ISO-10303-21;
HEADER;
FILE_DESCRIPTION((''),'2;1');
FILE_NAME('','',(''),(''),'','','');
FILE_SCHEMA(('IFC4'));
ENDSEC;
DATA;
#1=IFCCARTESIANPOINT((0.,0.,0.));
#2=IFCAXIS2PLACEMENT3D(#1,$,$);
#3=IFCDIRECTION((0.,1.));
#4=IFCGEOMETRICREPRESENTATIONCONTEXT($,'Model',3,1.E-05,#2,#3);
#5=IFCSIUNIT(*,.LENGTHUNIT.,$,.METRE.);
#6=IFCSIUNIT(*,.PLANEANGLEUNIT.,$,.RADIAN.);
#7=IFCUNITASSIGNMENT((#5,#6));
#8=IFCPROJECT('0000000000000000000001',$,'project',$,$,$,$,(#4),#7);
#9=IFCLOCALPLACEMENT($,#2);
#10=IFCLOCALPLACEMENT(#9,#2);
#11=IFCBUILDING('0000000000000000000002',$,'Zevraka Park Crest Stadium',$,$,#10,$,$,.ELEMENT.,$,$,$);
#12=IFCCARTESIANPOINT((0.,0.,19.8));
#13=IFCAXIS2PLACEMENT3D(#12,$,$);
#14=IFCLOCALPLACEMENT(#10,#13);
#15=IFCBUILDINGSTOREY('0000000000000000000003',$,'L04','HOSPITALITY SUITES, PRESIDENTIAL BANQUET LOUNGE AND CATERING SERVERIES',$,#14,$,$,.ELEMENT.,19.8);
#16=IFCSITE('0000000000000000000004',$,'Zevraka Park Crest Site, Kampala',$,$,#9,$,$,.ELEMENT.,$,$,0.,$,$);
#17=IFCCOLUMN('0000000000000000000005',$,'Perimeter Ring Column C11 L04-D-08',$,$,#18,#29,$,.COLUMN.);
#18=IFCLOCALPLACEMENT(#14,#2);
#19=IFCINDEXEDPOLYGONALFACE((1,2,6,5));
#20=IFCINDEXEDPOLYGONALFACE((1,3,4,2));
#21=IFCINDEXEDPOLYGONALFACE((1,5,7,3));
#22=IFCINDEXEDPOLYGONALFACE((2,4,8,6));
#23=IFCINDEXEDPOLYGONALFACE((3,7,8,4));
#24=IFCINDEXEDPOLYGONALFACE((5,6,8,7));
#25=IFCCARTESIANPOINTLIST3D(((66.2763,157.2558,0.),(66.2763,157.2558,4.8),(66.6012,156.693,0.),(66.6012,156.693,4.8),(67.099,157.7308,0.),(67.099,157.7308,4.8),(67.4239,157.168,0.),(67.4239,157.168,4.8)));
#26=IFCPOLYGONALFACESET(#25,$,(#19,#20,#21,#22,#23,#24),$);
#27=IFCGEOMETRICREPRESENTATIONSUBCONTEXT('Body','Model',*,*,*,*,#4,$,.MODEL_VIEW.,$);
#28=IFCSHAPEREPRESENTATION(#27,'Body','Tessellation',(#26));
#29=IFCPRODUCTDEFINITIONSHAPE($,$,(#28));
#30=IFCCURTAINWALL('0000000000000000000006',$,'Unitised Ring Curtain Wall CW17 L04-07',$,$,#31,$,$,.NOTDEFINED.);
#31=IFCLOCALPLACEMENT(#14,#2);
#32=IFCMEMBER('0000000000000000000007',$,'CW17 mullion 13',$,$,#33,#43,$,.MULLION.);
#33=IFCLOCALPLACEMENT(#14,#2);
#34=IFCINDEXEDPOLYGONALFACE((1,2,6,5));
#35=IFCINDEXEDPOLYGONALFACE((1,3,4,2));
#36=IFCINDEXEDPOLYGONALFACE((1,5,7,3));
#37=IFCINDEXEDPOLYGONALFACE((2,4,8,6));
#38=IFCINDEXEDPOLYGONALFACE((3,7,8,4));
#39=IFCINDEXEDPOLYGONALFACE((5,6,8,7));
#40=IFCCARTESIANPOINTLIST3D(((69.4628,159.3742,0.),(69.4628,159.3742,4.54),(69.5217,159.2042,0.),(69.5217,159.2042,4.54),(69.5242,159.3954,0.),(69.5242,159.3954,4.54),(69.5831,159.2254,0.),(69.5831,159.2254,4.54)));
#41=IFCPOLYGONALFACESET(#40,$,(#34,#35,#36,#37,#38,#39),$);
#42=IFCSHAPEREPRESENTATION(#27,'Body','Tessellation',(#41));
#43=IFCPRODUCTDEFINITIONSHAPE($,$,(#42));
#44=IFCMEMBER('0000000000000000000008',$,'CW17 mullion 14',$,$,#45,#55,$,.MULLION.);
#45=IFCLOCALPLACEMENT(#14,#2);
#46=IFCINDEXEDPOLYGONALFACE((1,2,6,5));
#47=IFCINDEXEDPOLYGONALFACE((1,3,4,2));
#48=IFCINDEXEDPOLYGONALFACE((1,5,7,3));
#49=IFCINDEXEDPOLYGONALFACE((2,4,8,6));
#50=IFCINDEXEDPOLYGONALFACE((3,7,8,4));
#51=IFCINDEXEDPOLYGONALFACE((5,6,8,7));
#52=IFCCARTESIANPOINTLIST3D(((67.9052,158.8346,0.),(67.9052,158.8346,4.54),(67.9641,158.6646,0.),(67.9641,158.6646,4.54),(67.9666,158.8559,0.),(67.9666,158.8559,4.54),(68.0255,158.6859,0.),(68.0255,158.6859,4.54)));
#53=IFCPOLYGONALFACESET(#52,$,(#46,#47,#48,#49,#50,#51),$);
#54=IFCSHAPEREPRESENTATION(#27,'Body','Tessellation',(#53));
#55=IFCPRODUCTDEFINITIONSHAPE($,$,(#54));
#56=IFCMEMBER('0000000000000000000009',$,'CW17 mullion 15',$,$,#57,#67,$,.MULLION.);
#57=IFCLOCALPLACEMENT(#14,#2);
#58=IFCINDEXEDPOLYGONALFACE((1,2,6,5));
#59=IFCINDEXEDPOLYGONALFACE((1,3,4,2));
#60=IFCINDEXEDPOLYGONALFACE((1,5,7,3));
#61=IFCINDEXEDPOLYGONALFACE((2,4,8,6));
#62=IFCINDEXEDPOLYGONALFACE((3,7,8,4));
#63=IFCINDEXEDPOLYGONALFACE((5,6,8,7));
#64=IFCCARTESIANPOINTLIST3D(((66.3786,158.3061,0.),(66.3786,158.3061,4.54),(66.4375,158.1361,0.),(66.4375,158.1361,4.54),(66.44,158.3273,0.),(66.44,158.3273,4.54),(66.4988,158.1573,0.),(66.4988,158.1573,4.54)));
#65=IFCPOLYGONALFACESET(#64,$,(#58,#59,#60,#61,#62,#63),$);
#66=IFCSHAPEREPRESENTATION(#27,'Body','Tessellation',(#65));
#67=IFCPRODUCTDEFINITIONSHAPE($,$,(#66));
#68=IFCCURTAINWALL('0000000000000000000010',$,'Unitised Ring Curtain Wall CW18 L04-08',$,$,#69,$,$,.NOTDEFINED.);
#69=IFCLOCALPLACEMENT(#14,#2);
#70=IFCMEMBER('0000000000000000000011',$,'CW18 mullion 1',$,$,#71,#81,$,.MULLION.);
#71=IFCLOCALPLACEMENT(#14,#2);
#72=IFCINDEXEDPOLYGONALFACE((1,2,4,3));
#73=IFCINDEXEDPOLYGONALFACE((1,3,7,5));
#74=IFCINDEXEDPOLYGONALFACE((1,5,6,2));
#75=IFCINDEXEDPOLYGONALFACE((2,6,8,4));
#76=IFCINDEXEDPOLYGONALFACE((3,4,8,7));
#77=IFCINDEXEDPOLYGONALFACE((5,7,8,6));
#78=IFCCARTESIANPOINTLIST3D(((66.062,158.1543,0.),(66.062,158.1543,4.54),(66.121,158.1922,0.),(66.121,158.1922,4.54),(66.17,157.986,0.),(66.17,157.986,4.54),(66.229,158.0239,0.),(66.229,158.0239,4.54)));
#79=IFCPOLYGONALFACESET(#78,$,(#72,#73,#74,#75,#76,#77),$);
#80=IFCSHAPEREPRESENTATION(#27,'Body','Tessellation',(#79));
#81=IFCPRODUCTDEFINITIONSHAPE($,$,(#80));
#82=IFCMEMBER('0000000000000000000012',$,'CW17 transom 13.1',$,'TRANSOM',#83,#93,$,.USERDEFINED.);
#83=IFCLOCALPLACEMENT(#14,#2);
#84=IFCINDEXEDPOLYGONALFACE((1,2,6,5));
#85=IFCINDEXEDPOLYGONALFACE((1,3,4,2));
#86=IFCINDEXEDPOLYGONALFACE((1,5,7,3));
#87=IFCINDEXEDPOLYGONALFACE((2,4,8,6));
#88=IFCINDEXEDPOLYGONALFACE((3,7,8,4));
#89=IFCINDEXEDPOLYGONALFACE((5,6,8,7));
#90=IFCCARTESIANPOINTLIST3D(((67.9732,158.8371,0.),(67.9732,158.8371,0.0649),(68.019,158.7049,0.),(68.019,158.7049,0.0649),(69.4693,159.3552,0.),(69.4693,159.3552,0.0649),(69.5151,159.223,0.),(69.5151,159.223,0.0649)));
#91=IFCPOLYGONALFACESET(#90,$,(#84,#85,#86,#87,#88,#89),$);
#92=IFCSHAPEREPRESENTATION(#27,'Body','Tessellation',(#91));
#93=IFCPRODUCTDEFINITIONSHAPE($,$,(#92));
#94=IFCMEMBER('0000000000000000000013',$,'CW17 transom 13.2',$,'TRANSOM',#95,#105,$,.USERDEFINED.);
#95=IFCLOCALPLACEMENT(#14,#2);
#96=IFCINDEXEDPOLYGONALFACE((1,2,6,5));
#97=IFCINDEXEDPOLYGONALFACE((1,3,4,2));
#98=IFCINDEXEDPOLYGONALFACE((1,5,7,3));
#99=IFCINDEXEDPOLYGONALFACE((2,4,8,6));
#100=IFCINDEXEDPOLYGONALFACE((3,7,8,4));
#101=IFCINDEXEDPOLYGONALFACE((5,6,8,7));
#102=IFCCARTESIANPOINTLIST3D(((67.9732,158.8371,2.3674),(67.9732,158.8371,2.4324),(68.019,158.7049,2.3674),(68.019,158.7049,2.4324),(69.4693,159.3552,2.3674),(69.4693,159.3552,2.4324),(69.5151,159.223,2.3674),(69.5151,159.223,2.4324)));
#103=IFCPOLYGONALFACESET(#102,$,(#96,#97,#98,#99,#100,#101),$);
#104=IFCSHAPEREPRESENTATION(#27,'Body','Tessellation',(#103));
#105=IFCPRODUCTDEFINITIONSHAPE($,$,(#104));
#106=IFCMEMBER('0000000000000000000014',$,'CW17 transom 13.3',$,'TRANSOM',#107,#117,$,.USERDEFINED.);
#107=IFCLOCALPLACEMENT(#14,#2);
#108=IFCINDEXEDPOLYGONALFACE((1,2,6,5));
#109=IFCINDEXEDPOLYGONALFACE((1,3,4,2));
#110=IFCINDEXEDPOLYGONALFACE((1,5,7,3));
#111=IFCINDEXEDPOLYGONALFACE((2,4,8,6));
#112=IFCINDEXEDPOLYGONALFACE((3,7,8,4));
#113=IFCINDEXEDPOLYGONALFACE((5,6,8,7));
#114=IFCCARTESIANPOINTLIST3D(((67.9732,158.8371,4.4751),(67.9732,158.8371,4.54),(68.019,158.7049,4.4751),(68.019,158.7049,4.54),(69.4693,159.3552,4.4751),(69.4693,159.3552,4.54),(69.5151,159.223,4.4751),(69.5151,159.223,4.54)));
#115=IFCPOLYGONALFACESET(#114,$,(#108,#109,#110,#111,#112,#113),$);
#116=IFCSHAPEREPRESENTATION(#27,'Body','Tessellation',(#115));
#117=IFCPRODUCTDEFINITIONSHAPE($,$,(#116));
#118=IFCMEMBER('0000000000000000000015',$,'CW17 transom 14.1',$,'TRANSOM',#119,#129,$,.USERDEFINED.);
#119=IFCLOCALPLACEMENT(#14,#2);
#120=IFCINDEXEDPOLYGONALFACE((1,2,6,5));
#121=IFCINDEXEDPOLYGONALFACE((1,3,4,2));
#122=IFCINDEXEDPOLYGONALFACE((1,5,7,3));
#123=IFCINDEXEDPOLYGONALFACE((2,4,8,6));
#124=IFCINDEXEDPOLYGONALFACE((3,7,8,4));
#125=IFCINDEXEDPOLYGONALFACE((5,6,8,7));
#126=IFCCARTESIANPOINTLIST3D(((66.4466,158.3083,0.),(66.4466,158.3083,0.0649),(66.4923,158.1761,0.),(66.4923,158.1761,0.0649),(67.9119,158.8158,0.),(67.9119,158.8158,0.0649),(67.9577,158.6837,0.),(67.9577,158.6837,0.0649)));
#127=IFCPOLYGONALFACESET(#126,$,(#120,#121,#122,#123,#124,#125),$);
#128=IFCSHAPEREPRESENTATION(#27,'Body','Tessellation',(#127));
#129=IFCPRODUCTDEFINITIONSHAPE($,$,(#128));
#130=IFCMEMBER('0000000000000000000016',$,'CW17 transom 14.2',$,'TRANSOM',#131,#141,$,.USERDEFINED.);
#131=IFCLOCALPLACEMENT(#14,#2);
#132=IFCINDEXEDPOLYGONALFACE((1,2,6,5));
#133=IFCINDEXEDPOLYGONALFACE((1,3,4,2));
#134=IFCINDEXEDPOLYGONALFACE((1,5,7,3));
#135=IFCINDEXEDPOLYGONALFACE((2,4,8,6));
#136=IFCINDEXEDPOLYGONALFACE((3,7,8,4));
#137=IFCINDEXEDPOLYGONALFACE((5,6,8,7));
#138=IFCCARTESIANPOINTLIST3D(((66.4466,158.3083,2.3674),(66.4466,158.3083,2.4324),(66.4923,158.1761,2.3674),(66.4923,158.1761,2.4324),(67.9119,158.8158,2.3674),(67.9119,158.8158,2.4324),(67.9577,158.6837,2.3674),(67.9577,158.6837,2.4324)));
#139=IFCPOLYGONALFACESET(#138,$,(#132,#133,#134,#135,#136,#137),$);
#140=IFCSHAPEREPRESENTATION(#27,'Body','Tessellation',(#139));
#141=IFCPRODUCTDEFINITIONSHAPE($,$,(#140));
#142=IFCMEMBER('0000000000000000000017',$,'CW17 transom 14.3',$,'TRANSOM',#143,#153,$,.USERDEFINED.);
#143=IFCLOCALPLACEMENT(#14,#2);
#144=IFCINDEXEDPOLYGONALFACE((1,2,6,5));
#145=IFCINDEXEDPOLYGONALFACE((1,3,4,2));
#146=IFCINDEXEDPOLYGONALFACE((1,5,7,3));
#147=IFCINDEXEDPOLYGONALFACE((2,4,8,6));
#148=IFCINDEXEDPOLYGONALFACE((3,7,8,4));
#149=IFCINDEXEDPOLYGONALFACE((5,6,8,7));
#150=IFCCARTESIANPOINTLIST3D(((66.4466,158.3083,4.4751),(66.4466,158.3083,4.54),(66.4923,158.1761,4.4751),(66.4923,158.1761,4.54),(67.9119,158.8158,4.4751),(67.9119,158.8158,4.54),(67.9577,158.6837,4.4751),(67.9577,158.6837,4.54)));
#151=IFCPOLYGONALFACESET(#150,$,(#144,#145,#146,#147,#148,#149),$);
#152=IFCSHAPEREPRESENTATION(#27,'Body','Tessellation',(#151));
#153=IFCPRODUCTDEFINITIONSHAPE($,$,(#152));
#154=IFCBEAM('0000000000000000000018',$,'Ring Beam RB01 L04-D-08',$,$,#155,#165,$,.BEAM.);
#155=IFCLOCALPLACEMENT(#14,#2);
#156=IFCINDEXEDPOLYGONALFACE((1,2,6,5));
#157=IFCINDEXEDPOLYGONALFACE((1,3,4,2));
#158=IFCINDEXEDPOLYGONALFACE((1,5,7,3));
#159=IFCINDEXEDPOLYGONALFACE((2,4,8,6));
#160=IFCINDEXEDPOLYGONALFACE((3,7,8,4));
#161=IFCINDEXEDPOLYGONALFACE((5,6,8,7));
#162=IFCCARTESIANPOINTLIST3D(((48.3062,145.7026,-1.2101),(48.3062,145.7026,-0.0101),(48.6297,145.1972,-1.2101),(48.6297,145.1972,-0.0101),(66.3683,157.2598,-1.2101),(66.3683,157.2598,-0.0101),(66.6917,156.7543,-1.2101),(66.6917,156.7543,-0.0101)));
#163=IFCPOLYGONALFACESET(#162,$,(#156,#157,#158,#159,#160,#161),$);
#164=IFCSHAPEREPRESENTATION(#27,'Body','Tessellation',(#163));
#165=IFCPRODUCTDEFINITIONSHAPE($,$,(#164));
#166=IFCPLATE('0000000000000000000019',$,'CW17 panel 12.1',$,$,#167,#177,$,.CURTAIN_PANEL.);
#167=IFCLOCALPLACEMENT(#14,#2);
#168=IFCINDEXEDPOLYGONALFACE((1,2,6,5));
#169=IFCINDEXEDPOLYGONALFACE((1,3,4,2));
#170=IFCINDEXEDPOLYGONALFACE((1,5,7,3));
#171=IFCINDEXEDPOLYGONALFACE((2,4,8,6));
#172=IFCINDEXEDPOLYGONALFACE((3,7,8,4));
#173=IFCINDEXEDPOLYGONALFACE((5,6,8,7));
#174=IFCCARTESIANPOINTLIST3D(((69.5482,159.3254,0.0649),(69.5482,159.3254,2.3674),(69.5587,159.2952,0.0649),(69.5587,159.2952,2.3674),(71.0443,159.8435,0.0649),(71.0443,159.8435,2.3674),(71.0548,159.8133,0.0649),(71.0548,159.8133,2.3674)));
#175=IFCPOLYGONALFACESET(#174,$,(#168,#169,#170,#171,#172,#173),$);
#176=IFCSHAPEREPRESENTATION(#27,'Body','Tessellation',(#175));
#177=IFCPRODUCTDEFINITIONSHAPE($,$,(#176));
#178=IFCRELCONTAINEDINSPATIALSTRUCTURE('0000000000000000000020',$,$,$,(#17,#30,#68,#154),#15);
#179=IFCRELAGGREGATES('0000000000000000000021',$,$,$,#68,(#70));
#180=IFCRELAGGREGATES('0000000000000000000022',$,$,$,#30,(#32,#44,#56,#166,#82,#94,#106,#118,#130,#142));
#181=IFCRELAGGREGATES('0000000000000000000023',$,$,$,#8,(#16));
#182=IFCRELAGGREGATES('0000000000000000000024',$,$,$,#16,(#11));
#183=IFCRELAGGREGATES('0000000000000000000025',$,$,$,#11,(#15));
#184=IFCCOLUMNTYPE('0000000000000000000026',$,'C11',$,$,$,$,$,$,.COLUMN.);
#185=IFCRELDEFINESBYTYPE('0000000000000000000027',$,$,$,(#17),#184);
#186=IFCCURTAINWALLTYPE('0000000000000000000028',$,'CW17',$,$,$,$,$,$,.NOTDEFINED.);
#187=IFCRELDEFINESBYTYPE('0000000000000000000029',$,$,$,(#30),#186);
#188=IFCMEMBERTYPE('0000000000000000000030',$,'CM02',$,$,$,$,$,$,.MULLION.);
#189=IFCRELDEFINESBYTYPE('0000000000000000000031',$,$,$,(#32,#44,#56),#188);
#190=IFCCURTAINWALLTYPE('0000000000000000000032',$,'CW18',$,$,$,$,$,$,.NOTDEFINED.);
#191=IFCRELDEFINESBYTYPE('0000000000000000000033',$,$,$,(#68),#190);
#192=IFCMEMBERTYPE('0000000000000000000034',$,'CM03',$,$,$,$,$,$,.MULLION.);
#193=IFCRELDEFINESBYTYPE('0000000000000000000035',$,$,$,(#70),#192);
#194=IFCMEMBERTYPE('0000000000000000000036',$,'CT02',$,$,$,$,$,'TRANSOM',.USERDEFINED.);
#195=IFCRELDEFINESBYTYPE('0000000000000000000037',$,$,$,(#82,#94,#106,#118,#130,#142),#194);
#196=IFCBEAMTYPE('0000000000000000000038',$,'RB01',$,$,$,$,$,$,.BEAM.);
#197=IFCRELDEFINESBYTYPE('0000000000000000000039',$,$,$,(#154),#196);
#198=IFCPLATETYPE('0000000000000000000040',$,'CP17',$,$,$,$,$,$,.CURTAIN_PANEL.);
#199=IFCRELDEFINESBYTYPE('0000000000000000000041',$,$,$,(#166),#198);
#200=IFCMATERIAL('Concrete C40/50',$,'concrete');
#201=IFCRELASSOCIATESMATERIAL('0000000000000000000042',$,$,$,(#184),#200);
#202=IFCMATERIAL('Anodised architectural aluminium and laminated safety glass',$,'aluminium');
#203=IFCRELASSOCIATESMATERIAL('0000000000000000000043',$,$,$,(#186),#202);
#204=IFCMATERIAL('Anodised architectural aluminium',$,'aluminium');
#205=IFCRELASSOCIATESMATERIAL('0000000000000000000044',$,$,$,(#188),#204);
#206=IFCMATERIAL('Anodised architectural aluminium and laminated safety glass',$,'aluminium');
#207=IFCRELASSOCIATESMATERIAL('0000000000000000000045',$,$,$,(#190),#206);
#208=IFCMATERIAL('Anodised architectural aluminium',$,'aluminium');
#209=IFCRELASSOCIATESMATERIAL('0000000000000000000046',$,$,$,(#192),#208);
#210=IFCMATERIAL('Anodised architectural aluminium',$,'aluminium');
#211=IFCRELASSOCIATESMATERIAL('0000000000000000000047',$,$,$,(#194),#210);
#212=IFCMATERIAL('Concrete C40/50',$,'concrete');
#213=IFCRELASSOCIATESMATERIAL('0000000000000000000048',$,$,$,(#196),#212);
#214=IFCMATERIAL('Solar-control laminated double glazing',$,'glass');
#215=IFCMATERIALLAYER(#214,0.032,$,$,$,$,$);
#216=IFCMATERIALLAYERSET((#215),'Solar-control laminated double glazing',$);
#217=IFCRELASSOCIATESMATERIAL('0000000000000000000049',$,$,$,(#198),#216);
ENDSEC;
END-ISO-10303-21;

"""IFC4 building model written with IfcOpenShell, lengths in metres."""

from ifc_helpers import new_model, si_unit, direction, frame, origin, origin_2d, place, context, subcontext, project, spatial, rectangle, extrude, material, layer, layer_set, material_profile, profile_set, type_object, element, aggregate, save


model = new_model("IFC4")

# Units and contexts
model_context = context("Model", 3, precision=1e-05, world=origin(), true_north=direction((0.0, 1.0)))
body_context = subcontext(model_context, "Body", "Model", "MODEL_VIEW")
ifc_project = project(units=[si_unit("LENGTHUNIT", "METRE"), si_unit("PLANEANGLEUNIT", "RADIAN")], contexts=[model_context])

# Site, building, storey
site_placement = place(None, origin())
site = spatial("IfcSite", under=ifc_project, at=site_placement, Name="Zevraka Park Crest Site, Kampala", CompositionType="ELEMENT", RefElevation=0.0)
building_placement = place(site_placement, origin())
building = spatial("IfcBuilding", under=site, at=building_placement, Name="Zevraka Park Crest Stadium", CompositionType="ELEMENT")
storey_placement = place(building_placement, frame((0.0, 0.0, 19.8)))
storey = spatial("IfcBuildingStorey", under=building, at=storey_placement, Name="L04", Description="HOSPITALITY SUITES, PRESIDENTIAL BANQUET LOUNGE AND CATERING SERVERIES", CompositionType="ELEMENT", Elevation=19.8)

# Column
ifc_material_1 = material(Name="Concrete C40/50", Category="concrete")
ifc_material_profile_1 = material_profile(ifc_material_1, rectangle(XDim=0.6499, YDim=0.95, at=origin_2d()), Name="RC 950x650")
ifc_profile_set_1 = profile_set([ifc_material_profile_1], Name="Concrete C40/50")
column_type = type_object("IfcColumnType", Name="C11", PredefinedType="COLUMN", material=ifc_profile_set_1)
column_placement = place(storey_placement, frame((66.8501, 157.2119, 0.0), z_axis=(0.0, 0.0, 1.0), x_axis=(-0.5, 0.866025, 0.0)))
element("IfcColumn", 1, at=column_placement, inside=storey, type_object=column_type, Name="Perimeter Ring Column C11 L04-D-08", PredefinedType="COLUMN", context=body_context, shape_type="SweptSolid", body=[
    extrude(rectangle(XDim=0.6499, YDim=0.95, at=origin_2d()), origin(), (0.0, 0.0, 1.0), 4.8),
])

# Curtain wall, members
ifc_material_2 = material(Name="Anodised architectural aluminium and laminated safety glass", Category="aluminium")
curtain_wall_type_1 = type_object("IfcCurtainWallType", Name="CW17", PredefinedType="NOTDEFINED", material=ifc_material_2)
curtain_wall_1_placement = place(storey_placement, origin())
curtain_wall_1 = element("IfcCurtainWall", 2, at=curtain_wall_1_placement, inside=storey, type_object=curtain_wall_type_1, Name="Unitised Ring Curtain Wall CW17 L04-07", PredefinedType="NOTDEFINED")
ifc_material_3 = material(Name="Anodised architectural aluminium", Category="aluminium")
ifc_material_profile_2 = material_profile(ifc_material_3, rectangle(XDim=0.1799, YDim=0.0649, at=origin_2d()), Name="ALU MULLION 180x65")
ifc_profile_set_2 = profile_set([ifc_material_profile_2], Name="Anodised architectural aluminium")
member_type_1 = type_object("IfcMemberType", Name="CM02", PredefinedType="MULLION", material=ifc_profile_set_2)
member_1_placement = place(storey_placement, frame((69.5229, 159.2998, 0.0), z_axis=(0.0, 0.0, 1.0), x_axis=(0.327245, -0.94494, 0.0)))
member_1 = element("IfcMember", 3, at=member_1_placement, type_object=member_type_1, Name="CW17 mullion 13", PredefinedType="MULLION", context=body_context, shape_type="SweptSolid", body=[
    extrude(rectangle(XDim=0.1799, YDim=0.0649, at=origin_2d()), origin(), (0.0, 0.0, 1.0), 4.54),
])
member_2_placement = place(storey_placement, frame((67.9653, 158.7603, 0.0), z_axis=(0.0, 0.0, 1.0), x_axis=(0.327245, -0.94494, 0.0)))
member_2 = element("IfcMember", 4, at=member_2_placement, type_object=member_type_1, Name="CW17 mullion 14", PredefinedType="MULLION", context=body_context, shape_type="SweptSolid", body=[
    extrude(rectangle(XDim=0.1799, YDim=0.0649, at=origin_2d()), origin(), (0.0, 0.0, 1.0), 4.54),
])
member_3_placement = place(storey_placement, frame((66.4387, 158.2317, 0.0), z_axis=(0.0, 0.0, 1.0), x_axis=(0.327245, -0.94494, 0.0)))
member_3 = element("IfcMember", 5, at=member_3_placement, type_object=member_type_1, Name="CW17 mullion 15", PredefinedType="MULLION", context=body_context, shape_type="SweptSolid", body=[
    extrude(rectangle(XDim=0.1799, YDim=0.0649, at=origin_2d()), origin(), (0.0, 0.0, 1.0), 4.54),
])

# Curtain wall, member
ifc_material_4 = material(Name="Anodised architectural aluminium and laminated safety glass", Category="aluminium")
curtain_wall_type_2 = type_object("IfcCurtainWallType", Name="CW18", PredefinedType="NOTDEFINED", material=ifc_material_4)
curtain_wall_2_placement = place(storey_placement, origin())
curtain_wall_2 = element("IfcCurtainWall", 6, at=curtain_wall_2_placement, inside=storey, type_object=curtain_wall_type_2, Name="Unitised Ring Curtain Wall CW18 L04-08", PredefinedType="NOTDEFINED")
ifc_material_5 = material(Name="Anodised architectural aluminium", Category="aluminium")
ifc_material_profile_3 = material_profile(ifc_material_5, rectangle(XDim=0.2, YDim=0.0701, at=origin_2d()), Name="ALU MULLION 200x70")
ifc_profile_set_3 = profile_set([ifc_material_profile_3], Name="Anodised architectural aluminium")
member_type_2 = type_object("IfcMemberType", Name="CM03", PredefinedType="MULLION", material=ifc_profile_set_3)
member_4_placement = place(storey_placement, frame((66.1455, 158.0891, 0.0), z_axis=(0.0, 0.0, 1.0), x_axis=(0.53998, -0.841678, 0.0)))
member_4 = element("IfcMember", 7, at=member_4_placement, type_object=member_type_2, Name="CW18 mullion 1", PredefinedType="MULLION", context=body_context, shape_type="SweptSolid", body=[
    extrude(rectangle(XDim=0.2, YDim=0.0701, at=origin_2d()), origin(), (0.0, 0.0, 1.0), 4.54),
])
aggregate(curtain_wall_2, [member_4])

# Members
ifc_material_6 = material(Name="Anodised architectural aluminium", Category="aluminium")
ifc_material_profile_4 = material_profile(ifc_material_6, rectangle(XDim=0.1399, YDim=0.0649, at=origin_2d()), Name="ALU TRANSOM 140x65")
ifc_profile_set_4 = profile_set([ifc_material_profile_4], Name="Anodised architectural aluminium")
member_type_3 = type_object("IfcMemberType", Name="CT02", ElementType="TRANSOM", PredefinedType="USERDEFINED", material=ifc_profile_set_4)
member_5_placement = place(storey_placement, frame((69.4922, 159.2891, 0.0325), z_axis=(-0.944949, -0.327216, 0.0), x_axis=(0.327216, -0.944949, 0.0)))
member_5 = element("IfcMember", 8, at=member_5_placement, type_object=member_type_3, Name="CW17 transom 13.1", ObjectType="TRANSOM", PredefinedType="USERDEFINED", context=body_context, shape_type="SweptSolid", body=[
    extrude(rectangle(XDim=0.1399, YDim=0.0649, at=origin_2d()), origin(), (0.0, 0.0, 1.0), 1.5833),
])
member_6_placement = place(storey_placement, frame((69.4922, 159.2891, 2.3999), z_axis=(-0.944949, -0.327216, 0.0), x_axis=(0.327216, -0.944949, 0.0)))
member_6 = element("IfcMember", 9, at=member_6_placement, type_object=member_type_3, Name="CW17 transom 13.2", ObjectType="TRANSOM", PredefinedType="USERDEFINED", context=body_context, shape_type="SweptSolid", body=[
    extrude(rectangle(XDim=0.1399, YDim=0.0649, at=origin_2d()), origin(), (0.0, 0.0, 1.0), 1.5833),
])
member_7_placement = place(storey_placement, frame((69.4922, 159.2891, 4.5076), z_axis=(-0.944949, -0.327216, 0.0), x_axis=(0.327216, -0.944949, 0.0)))
member_7 = element("IfcMember", 10, at=member_7_placement, type_object=member_type_3, Name="CW17 transom 13.3", ObjectType="TRANSOM", PredefinedType="USERDEFINED", context=body_context, shape_type="SweptSolid", body=[
    extrude(rectangle(XDim=0.1399, YDim=0.0649, at=origin_2d()), origin(), (0.0, 0.0, 1.0), 1.5833),
])
member_8_placement = place(storey_placement, frame((67.9348, 158.7498, 0.0325), z_axis=(-0.944919, -0.327305, 0.0), x_axis=(0.327305, -0.944919, 0.0)))
member_8 = element("IfcMember", 11, at=member_8_placement, type_object=member_type_3, Name="CW17 transom 14.1", ObjectType="TRANSOM", PredefinedType="USERDEFINED", context=body_context, shape_type="SweptSolid", body=[
    extrude(rectangle(XDim=0.1399, YDim=0.0649, at=origin_2d()), origin(), (0.0, 0.0, 1.0), 1.5508),
])
member_9_placement = place(storey_placement, frame((67.9348, 158.7498, 2.3999), z_axis=(-0.944919, -0.327305, 0.0), x_axis=(0.327305, -0.944919, 0.0)))
member_9 = element("IfcMember", 12, at=member_9_placement, type_object=member_type_3, Name="CW17 transom 14.2", ObjectType="TRANSOM", PredefinedType="USERDEFINED", context=body_context, shape_type="SweptSolid", body=[
    extrude(rectangle(XDim=0.1399, YDim=0.0649, at=origin_2d()), origin(), (0.0, 0.0, 1.0), 1.5508),
])
member_10_placement = place(storey_placement, frame((67.9348, 158.7498, 4.5076), z_axis=(-0.944919, -0.327305, 0.0), x_axis=(0.327305, -0.944919, 0.0)))
member_10 = element("IfcMember", 13, at=member_10_placement, type_object=member_type_3, Name="CW17 transom 14.3", ObjectType="TRANSOM", PredefinedType="USERDEFINED", context=body_context, shape_type="SweptSolid", body=[
    extrude(rectangle(XDim=0.1399, YDim=0.0649, at=origin_2d()), origin(), (0.0, 0.0, 1.0), 1.5508),
])

# Beam
ifc_material_7 = material(Name="Concrete C40/50", Category="concrete")
ifc_material_profile_5 = material_profile(ifc_material_7, rectangle(XDim=0.6001, YDim=1.2, at=origin_2d()), Name="RC 1200x600")
ifc_profile_set_5 = profile_set([ifc_material_profile_5], Name="Concrete C40/50")
beam_type = type_object("IfcBeamType", Name="RB01", PredefinedType="BEAM", material=ifc_profile_set_5)
beam_placement = place(storey_placement, frame((66.53, 157.0071, -0.6101), z_axis=(-0.842326, -0.538969, 0.0), x_axis=(0.538969, -0.842326, 0.0)))
element("IfcBeam", 14, at=beam_placement, inside=storey, type_object=beam_type, Name="Ring Beam RB01 L04-D-08", PredefinedType="BEAM", context=body_context, shape_type="SweptSolid", body=[
    extrude(rectangle(XDim=0.6001, YDim=1.2, at=origin_2d()), origin(), (0.0, 0.0, 1.0), 21.4431),
])

# Plate
ifc_material_8 = material(Name="Solar-control laminated double glazing", Category="glass")
ifc_layer_1 = layer(ifc_material_8, 0.032)
ifc_layer_set_1 = layer_set([ifc_layer_1], Name="Solar-control laminated double glazing")
plate_type = type_object("IfcPlateType", Name="CP17", PredefinedType="CURTAIN_PANEL", material=ifc_layer_set_1)
plate_1_placement = place(storey_placement, frame((70.3015, 159.5693, 0.0649), z_axis=(0.0, 0.0, 1.0), x_axis=(-0.94494, -0.327245, 0.0)))
plate_1 = element("IfcPlate", 15, at=plate_1_placement, type_object=plate_type, Name="CW17 panel 12.1", PredefinedType="CURTAIN_PANEL", context=body_context, shape_type="SweptSolid", body=[
    extrude(rectangle(XDim=1.5833, YDim=0.032, at=origin_2d()), origin(), (0.0, 0.0, 1.0), 2.3025),
])
aggregate(curtain_wall_1, [member_1, member_2, member_3, plate_1, member_5, member_6, member_7, member_8, member_9, member_10])

save(model, "model.ifc")
